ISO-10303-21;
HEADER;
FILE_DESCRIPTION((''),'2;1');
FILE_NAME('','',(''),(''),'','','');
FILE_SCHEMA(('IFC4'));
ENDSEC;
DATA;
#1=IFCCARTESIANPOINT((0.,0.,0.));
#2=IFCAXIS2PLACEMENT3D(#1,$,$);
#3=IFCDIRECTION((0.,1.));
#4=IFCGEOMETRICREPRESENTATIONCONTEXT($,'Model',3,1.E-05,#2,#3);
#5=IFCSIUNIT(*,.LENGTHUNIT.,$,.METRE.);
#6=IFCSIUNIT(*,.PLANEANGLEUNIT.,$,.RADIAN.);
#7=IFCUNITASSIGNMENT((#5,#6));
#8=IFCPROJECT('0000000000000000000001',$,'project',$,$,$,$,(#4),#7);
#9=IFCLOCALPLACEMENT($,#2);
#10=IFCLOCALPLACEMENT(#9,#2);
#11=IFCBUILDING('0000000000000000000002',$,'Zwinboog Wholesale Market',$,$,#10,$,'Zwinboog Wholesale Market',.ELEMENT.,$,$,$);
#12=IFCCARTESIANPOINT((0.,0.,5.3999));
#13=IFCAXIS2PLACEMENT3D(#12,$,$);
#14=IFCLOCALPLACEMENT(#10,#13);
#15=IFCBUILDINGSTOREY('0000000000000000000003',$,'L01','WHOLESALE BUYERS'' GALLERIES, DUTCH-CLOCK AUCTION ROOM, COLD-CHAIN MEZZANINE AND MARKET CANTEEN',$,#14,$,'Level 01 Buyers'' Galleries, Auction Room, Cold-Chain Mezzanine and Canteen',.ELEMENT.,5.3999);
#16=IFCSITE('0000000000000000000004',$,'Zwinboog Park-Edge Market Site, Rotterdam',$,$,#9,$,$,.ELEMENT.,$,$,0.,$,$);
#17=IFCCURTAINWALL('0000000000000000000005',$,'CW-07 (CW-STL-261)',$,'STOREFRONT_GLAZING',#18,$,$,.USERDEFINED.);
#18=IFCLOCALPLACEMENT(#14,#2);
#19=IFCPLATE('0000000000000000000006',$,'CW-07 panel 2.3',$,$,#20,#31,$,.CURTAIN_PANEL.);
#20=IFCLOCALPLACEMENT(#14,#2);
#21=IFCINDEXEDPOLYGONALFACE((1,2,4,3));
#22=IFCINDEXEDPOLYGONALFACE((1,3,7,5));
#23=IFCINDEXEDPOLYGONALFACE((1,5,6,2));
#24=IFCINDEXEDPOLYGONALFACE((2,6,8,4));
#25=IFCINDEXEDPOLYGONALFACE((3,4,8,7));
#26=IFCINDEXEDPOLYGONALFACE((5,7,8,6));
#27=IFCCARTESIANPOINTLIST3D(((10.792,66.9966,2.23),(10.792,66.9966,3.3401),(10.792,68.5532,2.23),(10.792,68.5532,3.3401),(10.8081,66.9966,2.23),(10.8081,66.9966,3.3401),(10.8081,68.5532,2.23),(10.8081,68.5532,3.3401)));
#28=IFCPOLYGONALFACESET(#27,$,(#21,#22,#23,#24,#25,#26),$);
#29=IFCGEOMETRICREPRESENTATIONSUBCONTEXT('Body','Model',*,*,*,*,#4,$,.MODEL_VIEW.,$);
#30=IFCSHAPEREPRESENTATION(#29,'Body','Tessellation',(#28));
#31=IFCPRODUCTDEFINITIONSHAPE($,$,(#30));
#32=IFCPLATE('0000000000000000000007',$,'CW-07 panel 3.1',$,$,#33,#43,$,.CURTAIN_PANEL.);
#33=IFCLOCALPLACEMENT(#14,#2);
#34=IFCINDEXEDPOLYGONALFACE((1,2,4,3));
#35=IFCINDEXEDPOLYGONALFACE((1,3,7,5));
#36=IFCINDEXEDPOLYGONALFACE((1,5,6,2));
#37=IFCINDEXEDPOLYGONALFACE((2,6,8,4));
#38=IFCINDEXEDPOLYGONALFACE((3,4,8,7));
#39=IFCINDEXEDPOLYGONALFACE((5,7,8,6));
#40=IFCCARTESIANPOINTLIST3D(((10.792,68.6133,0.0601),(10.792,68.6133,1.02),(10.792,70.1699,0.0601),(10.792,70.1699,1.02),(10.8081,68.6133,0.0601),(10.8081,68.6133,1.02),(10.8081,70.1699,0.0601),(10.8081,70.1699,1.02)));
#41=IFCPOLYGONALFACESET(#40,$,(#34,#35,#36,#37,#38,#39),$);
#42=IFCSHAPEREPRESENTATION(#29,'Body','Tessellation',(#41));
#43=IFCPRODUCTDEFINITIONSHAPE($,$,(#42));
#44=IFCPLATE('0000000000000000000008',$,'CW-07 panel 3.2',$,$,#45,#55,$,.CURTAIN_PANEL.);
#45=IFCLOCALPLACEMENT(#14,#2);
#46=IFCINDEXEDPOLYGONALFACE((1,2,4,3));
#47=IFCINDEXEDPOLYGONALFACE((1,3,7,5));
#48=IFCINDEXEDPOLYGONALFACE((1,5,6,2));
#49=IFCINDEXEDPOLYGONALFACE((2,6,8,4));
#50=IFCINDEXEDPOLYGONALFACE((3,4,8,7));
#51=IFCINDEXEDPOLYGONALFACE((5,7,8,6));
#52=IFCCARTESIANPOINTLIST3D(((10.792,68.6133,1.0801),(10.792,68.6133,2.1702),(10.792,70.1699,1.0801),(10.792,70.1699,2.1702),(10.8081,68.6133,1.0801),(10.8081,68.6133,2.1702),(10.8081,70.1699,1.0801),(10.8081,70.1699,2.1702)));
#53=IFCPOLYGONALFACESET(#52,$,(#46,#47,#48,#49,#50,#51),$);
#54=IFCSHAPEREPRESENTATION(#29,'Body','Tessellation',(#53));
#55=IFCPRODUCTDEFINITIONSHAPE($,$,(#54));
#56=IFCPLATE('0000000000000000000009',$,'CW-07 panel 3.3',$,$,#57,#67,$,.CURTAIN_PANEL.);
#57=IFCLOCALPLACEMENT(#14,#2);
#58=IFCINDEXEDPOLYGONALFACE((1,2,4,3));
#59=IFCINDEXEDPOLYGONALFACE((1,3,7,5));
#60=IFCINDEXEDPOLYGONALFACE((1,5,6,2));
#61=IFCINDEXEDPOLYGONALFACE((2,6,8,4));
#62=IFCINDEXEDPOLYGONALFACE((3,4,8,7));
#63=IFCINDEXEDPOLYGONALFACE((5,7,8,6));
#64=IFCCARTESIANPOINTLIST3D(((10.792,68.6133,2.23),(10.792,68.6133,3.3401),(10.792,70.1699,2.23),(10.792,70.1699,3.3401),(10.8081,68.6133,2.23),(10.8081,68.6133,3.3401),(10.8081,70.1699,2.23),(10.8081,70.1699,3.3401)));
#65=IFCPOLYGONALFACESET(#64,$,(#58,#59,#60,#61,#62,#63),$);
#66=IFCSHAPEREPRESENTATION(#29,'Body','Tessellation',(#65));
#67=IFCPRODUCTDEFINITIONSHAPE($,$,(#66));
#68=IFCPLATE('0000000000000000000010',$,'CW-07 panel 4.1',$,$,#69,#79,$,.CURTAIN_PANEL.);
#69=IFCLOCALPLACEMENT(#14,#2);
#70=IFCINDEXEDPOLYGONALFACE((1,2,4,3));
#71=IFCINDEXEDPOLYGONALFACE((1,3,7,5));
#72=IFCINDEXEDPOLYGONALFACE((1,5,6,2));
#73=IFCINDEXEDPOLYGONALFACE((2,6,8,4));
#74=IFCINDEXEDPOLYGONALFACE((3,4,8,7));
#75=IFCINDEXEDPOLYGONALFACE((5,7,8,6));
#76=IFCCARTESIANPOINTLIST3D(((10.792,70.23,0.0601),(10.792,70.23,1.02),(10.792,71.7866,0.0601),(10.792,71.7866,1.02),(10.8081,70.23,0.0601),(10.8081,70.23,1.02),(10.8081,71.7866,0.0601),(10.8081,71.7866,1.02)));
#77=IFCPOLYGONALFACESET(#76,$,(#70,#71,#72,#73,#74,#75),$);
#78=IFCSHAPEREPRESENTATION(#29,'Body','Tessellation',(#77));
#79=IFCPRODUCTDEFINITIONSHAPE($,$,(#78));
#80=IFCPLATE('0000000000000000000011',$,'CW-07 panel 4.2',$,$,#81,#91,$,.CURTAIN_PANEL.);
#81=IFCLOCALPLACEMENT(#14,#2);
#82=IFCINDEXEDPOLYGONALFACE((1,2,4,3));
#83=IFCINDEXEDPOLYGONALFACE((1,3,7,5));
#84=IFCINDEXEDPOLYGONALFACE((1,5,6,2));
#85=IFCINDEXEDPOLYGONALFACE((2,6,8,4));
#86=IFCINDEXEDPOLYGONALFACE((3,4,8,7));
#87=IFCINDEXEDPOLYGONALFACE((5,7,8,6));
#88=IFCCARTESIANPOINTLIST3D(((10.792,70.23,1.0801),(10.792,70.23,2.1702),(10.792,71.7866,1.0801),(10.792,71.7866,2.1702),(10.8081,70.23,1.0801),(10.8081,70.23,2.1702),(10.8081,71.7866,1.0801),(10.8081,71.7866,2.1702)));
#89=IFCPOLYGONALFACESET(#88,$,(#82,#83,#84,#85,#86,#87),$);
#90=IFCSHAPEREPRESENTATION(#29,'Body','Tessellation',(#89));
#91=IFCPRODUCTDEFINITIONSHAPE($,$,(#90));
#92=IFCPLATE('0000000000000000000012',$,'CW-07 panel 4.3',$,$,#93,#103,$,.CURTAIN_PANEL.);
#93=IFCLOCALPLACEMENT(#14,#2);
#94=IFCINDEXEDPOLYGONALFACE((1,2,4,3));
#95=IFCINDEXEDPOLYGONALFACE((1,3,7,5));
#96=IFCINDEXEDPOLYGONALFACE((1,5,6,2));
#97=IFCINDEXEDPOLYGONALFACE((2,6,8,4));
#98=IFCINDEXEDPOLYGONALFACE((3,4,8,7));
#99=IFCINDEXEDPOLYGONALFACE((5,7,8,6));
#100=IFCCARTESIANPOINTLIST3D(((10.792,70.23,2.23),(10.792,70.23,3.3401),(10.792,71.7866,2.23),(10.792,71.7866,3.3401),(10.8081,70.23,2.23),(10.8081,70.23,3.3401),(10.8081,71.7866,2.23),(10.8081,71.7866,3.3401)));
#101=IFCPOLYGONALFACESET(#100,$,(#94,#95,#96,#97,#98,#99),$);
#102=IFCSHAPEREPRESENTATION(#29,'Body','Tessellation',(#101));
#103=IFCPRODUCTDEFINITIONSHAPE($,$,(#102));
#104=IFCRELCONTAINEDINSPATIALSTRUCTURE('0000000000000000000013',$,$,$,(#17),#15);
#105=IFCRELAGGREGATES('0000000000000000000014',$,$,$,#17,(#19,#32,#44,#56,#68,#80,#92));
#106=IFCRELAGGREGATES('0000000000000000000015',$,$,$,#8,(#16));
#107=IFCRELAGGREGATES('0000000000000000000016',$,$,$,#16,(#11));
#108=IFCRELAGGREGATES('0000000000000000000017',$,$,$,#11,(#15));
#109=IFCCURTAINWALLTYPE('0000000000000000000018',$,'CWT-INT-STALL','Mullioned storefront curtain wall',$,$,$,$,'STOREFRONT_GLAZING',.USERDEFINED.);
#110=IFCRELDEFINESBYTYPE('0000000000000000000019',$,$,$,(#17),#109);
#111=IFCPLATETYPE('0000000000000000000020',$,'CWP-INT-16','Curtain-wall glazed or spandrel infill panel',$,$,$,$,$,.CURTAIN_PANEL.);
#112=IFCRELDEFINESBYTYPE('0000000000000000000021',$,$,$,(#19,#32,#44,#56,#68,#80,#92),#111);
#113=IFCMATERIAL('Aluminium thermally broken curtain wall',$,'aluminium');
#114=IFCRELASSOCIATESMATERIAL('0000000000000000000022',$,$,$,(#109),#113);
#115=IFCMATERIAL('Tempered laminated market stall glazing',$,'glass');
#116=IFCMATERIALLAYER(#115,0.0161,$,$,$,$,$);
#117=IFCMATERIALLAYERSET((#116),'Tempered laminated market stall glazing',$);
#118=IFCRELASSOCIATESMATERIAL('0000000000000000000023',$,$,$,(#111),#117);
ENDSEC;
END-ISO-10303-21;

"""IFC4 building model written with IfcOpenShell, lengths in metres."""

from ifc_helpers import new_model, si_unit, direction, frame, origin, origin_2d, place, context, subcontext, project, spatial, rectangle, extrude, material, layer, layer_set, type_object, element, aggregate, save


model = new_model("IFC4")

# Units and contexts
model_context = context("Model", 3, precision=1e-05, world=origin(), true_north=direction((0.0, 1.0)))
body_context = subcontext(model_context, "Body", "Model", "MODEL_VIEW")
ifc_project = project(units=[si_unit("LENGTHUNIT", "METRE"), si_unit("PLANEANGLEUNIT", "RADIAN")], contexts=[model_context])

# Site, building, storey
site_placement = place(None, origin())
site = spatial("IfcSite", under=ifc_project, at=site_placement, Name="Zwinboog Park-Edge Market Site, Rotterdam", CompositionType="ELEMENT", RefElevation=0.0)
building_placement = place(site_placement, origin())
building = spatial("IfcBuilding", under=site, at=building_placement, Name="Zwinboog Wholesale Market", LongName="Zwinboog Wholesale Market", CompositionType="ELEMENT")
storey_placement = place(building_placement, frame((0.0, 0.0, 5.3999)))
storey = spatial("IfcBuildingStorey", under=building, at=storey_placement, Name="L01", Description="WHOLESALE BUYERS' GALLERIES, DUTCH-CLOCK AUCTION ROOM, COLD-CHAIN MEZZANINE AND MARKET CANTEEN", LongName="Level 01 Buyers' Galleries, Auction Room, Cold-Chain Mezzanine and Canteen", CompositionType="ELEMENT", Elevation=5.3999)

# Curtain wall, plates
ifc_material_1 = material(Name="Aluminium thermally broken curtain wall", Category="aluminium")
curtain_wall_type = type_object("IfcCurtainWallType", Name="CWT-INT-STALL", Description="Mullioned storefront curtain wall", ElementType="STOREFRONT_GLAZING", PredefinedType="USERDEFINED", material=ifc_material_1)
curtain_wall_placement = place(storey_placement, origin())
curtain_wall = element("IfcCurtainWall", 1, at=curtain_wall_placement, inside=storey, type_object=curtain_wall_type, Name="CW-07 (CW-STL-261)", ObjectType="STOREFRONT_GLAZING", PredefinedType="USERDEFINED")
ifc_material_2 = material(Name="Tempered laminated market stall glazing", Category="glass")
ifc_layer = layer(ifc_material_2, 0.0161)
ifc_layer_set = layer_set([ifc_layer], Name="Tempered laminated market stall glazing")
plate_type = type_object("IfcPlateType", Name="CWP-INT-16", Description="Curtain-wall glazed or spandrel infill panel", PredefinedType="CURTAIN_PANEL", material=ifc_layer_set)
plate_1_placement = place(storey_placement, frame((10.8, 67.7749, 2.23), z_axis=(0.0, 0.0, 1.0), x_axis=(0.0, 1.0, 0.0)))
plate_1 = element("IfcPlate", 2, at=plate_1_placement, type_object=plate_type, Name="CW-07 panel 2.3", PredefinedType="CURTAIN_PANEL", context=body_context, shape_type="SweptSolid", body=[
    extrude(rectangle(XDim=1.5566, YDim=0.0161, at=origin_2d()), origin(), (0.0, 0.0, 1.0), 1.1101),
])
plate_2_placement = place(storey_placement, frame((10.8, 69.3916, 0.0601), z_axis=(0.0, 0.0, 1.0), x_axis=(0.0, 1.0, 0.0)))
plate_2 = element("IfcPlate", 3, at=plate_2_placement, type_object=plate_type, Name="CW-07 panel 3.1", PredefinedType="CURTAIN_PANEL", context=body_context, shape_type="SweptSolid", body=[
    extrude(rectangle(XDim=1.5566, YDim=0.0161, at=origin_2d()), origin(), (0.0, 0.0, 1.0), 0.96),
])
plate_3_placement = place(storey_placement, frame((10.8, 69.3916, 1.0801), z_axis=(0.0, 0.0, 1.0), x_axis=(0.0, 1.0, 0.0)))
plate_3 = element("IfcPlate", 4, at=plate_3_placement, type_object=plate_type, Name="CW-07 panel 3.2", PredefinedType="CURTAIN_PANEL", context=body_context, shape_type="SweptSolid", body=[
    extrude(rectangle(XDim=1.5566, YDim=0.0161, at=origin_2d()), origin(), (0.0, 0.0, 1.0), 1.0901),
])
plate_4_placement = place(storey_placement, frame((10.8, 69.3916, 2.23), z_axis=(0.0, 0.0, 1.0), x_axis=(0.0, 1.0, 0.0)))
plate_4 = element("IfcPlate", 5, at=plate_4_placement, type_object=plate_type, Name="CW-07 panel 3.3", PredefinedType="CURTAIN_PANEL", context=body_context, shape_type="SweptSolid", body=[
    extrude(rectangle(XDim=1.5566, YDim=0.0161, at=origin_2d()), origin(), (0.0, 0.0, 1.0), 1.1101),
])
plate_5_placement = place(storey_placement, frame((10.8, 71.0083, 0.0601), z_axis=(0.0, 0.0, 1.0), x_axis=(0.0, 1.0, 0.0)))
plate_5 = element("IfcPlate", 6, at=plate_5_placement, type_object=plate_type, Name="CW-07 panel 4.1", PredefinedType="CURTAIN_PANEL", context=body_context, shape_type="SweptSolid", body=[
    extrude(rectangle(XDim=1.5566, YDim=0.0161, at=origin_2d()), origin(), (0.0, 0.0, 1.0), 0.96),
])
plate_6_placement = place(storey_placement, frame((10.8, 71.0083, 1.0801), z_axis=(0.0, 0.0, 1.0), x_axis=(0.0, 1.0, 0.0)))
plate_6 = element("IfcPlate", 7, at=plate_6_placement, type_object=plate_type, Name="CW-07 panel 4.2", PredefinedType="CURTAIN_PANEL", context=body_context, shape_type="SweptSolid", body=[
    extrude(rectangle(XDim=1.5566, YDim=0.0161, at=origin_2d()), origin(), (0.0, 0.0, 1.0), 1.0901),
])
plate_7_placement = place(storey_placement, frame((10.8, 71.0083, 2.23), z_axis=(0.0, 0.0, 1.0), x_axis=(0.0, 1.0, 0.0)))
plate_7 = element("IfcPlate", 8, at=plate_7_placement, type_object=plate_type, Name="CW-07 panel 4.3", PredefinedType="CURTAIN_PANEL", context=body_context, shape_type="SweptSolid", body=[
    extrude(rectangle(XDim=1.5566, YDim=0.0161, at=origin_2d()), origin(), (0.0, 0.0, 1.0), 1.1101),
])
aggregate(curtain_wall, [plate_1, plate_2, plate_3, plate_4, plate_5, plate_6, plate_7])

save(model, "model.ifc")
